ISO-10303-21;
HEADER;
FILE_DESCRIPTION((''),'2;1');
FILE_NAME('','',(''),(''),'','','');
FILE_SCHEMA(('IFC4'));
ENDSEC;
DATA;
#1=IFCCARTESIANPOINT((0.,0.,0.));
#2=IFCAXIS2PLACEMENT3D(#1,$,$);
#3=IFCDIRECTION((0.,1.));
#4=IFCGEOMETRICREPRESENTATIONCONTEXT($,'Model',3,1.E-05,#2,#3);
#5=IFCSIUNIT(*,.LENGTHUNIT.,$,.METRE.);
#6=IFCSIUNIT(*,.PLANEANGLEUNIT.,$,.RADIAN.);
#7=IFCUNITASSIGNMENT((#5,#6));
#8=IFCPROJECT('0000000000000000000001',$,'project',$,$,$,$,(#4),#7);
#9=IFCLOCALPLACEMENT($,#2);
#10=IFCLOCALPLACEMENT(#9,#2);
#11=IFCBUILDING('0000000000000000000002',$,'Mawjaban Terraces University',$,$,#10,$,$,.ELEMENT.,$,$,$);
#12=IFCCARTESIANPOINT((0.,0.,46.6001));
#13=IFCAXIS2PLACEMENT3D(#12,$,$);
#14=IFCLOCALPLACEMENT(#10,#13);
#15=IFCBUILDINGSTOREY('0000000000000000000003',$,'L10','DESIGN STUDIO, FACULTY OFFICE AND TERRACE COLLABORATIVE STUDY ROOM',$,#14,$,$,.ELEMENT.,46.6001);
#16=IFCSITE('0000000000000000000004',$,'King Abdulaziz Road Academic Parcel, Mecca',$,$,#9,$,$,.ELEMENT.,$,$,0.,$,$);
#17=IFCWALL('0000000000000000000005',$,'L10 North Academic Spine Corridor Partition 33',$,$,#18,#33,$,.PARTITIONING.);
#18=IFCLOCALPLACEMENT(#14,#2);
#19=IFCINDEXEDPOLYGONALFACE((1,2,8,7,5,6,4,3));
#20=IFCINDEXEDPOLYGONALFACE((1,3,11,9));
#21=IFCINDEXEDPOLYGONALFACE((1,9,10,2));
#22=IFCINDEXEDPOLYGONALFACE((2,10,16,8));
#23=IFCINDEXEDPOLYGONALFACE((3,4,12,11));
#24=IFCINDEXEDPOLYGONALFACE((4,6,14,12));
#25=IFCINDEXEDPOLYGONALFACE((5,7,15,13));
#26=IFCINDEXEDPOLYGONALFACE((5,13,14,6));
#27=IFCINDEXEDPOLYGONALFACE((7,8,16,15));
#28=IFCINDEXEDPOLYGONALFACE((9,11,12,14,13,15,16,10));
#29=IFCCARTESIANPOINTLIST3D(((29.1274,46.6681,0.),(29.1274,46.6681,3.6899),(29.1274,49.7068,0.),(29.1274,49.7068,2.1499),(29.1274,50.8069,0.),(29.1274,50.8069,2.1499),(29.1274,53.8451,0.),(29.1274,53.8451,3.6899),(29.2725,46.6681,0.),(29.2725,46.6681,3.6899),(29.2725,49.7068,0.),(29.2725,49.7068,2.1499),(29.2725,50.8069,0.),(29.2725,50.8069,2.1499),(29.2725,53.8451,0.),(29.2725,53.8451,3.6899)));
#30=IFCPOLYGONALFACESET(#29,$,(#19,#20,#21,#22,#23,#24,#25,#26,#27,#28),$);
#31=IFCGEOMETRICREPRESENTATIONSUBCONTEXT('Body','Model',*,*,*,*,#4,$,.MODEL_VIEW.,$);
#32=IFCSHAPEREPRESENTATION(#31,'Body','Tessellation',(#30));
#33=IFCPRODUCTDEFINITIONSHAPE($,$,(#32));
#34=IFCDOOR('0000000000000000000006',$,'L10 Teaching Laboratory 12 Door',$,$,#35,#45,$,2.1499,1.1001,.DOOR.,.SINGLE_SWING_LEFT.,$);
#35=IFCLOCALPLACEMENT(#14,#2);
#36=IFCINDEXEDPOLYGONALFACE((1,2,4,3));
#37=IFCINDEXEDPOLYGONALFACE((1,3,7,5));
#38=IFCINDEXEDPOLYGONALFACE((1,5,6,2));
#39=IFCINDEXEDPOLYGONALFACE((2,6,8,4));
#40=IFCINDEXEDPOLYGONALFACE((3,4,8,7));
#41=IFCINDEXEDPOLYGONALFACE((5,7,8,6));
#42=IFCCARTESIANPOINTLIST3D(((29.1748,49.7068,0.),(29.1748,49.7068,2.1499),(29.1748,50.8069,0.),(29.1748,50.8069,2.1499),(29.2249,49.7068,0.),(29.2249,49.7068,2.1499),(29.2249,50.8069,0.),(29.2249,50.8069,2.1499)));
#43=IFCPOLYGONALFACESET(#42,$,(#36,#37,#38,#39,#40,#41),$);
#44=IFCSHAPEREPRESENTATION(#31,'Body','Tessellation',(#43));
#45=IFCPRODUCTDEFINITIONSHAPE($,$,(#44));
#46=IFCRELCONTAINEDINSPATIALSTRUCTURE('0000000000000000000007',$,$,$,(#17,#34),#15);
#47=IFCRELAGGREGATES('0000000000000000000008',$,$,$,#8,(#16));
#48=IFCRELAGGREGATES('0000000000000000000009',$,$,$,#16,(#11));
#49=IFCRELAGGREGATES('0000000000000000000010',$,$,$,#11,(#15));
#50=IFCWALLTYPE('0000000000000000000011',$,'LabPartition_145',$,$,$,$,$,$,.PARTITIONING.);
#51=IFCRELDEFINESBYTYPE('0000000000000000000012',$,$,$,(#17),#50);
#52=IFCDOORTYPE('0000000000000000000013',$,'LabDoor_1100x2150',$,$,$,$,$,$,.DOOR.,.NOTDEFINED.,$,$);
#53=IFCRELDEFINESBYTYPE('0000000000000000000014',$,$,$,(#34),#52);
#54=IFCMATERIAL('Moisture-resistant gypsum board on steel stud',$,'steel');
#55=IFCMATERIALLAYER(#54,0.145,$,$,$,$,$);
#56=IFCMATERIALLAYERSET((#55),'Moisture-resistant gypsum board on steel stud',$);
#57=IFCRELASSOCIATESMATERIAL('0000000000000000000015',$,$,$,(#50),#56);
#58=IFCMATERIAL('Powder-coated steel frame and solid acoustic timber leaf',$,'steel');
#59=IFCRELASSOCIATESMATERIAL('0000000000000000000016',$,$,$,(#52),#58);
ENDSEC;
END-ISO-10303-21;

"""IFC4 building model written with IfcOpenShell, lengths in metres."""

from ifc_helpers import new_model, si_unit, direction, frame, frame_2d, origin, place, context, subcontext, project, spatial, rectangle, extrude, material, layer, layer_set, type_object, element, fill, save


model = new_model("IFC4")

# Units and contexts
model_context = context("Model", 3, precision=1e-05, world=origin(), true_north=direction((0.0, 1.0)))
body_context = subcontext(model_context, "Body", "Model", "MODEL_VIEW")
ifc_project = project(units=[si_unit("LENGTHUNIT", "METRE"), si_unit("PLANEANGLEUNIT", "RADIAN")], contexts=[model_context])

# Site, building, storey
site_placement = place(None, origin())
site = spatial("IfcSite", under=ifc_project, at=site_placement, Name="King Abdulaziz Road Academic Parcel, Mecca", CompositionType="ELEMENT", RefElevation=0.0)
building_placement = place(site_placement, origin())
building = spatial("IfcBuilding", under=site, at=building_placement, Name="Mawjaban Terraces University", CompositionType="ELEMENT")
storey_placement = place(building_placement, frame((0.0, 0.0, 46.6001)))
storey = spatial("IfcBuildingStorey", under=building, at=storey_placement, Name="L10", Description="DESIGN STUDIO, FACULTY OFFICE AND TERRACE COLLABORATIVE STUDY ROOM", CompositionType="ELEMENT", Elevation=46.6001)

# Shared definitions
ifc_material_1 = material(Name="Powder-coated steel frame and solid acoustic timber leaf", Category="steel")

# Shared definitions
ifc_material_2 = material(Name="Moisture-resistant gypsum board on steel stud", Category="steel")
ifc_layer_1 = layer(ifc_material_2, 0.145)
ifc_layer_set_1 = layer_set([ifc_layer_1], Name="Moisture-resistant gypsum board on steel stud")
wall_type_1 = type_object("IfcWallType", Name="LabPartition_145", PredefinedType="PARTITIONING", material=ifc_layer_set_1)

# Wall, opening, door
wall_1_placement = place(storey_placement, frame((29.2, 53.845, 0.0), z_axis=(0.0, 0.0, 1.0), x_axis=(0.0, -1.0, 0.0)))
wall_1 = element("IfcWall", 1, at=wall_1_placement, inside=storey, type_object=wall_type_1, Name="L10 North Academic Spine Corridor Partition 33", PredefinedType="PARTITIONING", context=body_context, shape_type="SweptSolid", body=[
    extrude(rectangle(XDim=7.177, YDim=0.145, at=frame_2d((3.5884, 0.0))), origin(), (0.0, 0.0, 1.0), 3.6899),
])
opening_1_placement = place(wall_1_placement, frame((3.0381, 0.0, 0.0)))
opening_1 = element("IfcOpeningElement", 2, at=opening_1_placement, cuts=wall_1, PredefinedType="OPENING", context=body_context, shape_type="SweptSolid", body=[
    extrude(rectangle(XDim=1.1001, YDim=2.1499, at=frame_2d((0.55, 1.075))), frame((0.0, 0.0825, 0.0), z_axis=(0.0, -1.0, 0.0), x_axis=(1.0, 0.0, 0.0)), (0.0, 0.0, 1.0), 0.165),
])
door_type_1 = type_object("IfcDoorType", Name="LabDoor_1100x2150", OperationType="NOTDEFINED", PredefinedType="DOOR", material=ifc_material_1)
door_1_placement = place(opening_1_placement, origin())
door_1 = element("IfcDoor", 3, at=door_1_placement, inside=storey, type_object=door_type_1, Name="L10 Teaching Laboratory 12 Door", OperationType="SINGLE_SWING_LEFT", OverallHeight=2.1499, OverallWidth=1.1001, PredefinedType="DOOR", context=body_context, shape_type="SweptSolid", body=[
    extrude(rectangle(XDim=1.1001, YDim=2.1499, at=frame_2d((0.55, 1.075))), frame((0.0, 0.0249, 0.0), z_axis=(0.0, -1.0, 0.0), x_axis=(1.0, 0.0, 0.0)), (0.0, 0.0, 1.0), 0.05),
])
fill(opening_1, door_1)

save(model, "model.ifc")
